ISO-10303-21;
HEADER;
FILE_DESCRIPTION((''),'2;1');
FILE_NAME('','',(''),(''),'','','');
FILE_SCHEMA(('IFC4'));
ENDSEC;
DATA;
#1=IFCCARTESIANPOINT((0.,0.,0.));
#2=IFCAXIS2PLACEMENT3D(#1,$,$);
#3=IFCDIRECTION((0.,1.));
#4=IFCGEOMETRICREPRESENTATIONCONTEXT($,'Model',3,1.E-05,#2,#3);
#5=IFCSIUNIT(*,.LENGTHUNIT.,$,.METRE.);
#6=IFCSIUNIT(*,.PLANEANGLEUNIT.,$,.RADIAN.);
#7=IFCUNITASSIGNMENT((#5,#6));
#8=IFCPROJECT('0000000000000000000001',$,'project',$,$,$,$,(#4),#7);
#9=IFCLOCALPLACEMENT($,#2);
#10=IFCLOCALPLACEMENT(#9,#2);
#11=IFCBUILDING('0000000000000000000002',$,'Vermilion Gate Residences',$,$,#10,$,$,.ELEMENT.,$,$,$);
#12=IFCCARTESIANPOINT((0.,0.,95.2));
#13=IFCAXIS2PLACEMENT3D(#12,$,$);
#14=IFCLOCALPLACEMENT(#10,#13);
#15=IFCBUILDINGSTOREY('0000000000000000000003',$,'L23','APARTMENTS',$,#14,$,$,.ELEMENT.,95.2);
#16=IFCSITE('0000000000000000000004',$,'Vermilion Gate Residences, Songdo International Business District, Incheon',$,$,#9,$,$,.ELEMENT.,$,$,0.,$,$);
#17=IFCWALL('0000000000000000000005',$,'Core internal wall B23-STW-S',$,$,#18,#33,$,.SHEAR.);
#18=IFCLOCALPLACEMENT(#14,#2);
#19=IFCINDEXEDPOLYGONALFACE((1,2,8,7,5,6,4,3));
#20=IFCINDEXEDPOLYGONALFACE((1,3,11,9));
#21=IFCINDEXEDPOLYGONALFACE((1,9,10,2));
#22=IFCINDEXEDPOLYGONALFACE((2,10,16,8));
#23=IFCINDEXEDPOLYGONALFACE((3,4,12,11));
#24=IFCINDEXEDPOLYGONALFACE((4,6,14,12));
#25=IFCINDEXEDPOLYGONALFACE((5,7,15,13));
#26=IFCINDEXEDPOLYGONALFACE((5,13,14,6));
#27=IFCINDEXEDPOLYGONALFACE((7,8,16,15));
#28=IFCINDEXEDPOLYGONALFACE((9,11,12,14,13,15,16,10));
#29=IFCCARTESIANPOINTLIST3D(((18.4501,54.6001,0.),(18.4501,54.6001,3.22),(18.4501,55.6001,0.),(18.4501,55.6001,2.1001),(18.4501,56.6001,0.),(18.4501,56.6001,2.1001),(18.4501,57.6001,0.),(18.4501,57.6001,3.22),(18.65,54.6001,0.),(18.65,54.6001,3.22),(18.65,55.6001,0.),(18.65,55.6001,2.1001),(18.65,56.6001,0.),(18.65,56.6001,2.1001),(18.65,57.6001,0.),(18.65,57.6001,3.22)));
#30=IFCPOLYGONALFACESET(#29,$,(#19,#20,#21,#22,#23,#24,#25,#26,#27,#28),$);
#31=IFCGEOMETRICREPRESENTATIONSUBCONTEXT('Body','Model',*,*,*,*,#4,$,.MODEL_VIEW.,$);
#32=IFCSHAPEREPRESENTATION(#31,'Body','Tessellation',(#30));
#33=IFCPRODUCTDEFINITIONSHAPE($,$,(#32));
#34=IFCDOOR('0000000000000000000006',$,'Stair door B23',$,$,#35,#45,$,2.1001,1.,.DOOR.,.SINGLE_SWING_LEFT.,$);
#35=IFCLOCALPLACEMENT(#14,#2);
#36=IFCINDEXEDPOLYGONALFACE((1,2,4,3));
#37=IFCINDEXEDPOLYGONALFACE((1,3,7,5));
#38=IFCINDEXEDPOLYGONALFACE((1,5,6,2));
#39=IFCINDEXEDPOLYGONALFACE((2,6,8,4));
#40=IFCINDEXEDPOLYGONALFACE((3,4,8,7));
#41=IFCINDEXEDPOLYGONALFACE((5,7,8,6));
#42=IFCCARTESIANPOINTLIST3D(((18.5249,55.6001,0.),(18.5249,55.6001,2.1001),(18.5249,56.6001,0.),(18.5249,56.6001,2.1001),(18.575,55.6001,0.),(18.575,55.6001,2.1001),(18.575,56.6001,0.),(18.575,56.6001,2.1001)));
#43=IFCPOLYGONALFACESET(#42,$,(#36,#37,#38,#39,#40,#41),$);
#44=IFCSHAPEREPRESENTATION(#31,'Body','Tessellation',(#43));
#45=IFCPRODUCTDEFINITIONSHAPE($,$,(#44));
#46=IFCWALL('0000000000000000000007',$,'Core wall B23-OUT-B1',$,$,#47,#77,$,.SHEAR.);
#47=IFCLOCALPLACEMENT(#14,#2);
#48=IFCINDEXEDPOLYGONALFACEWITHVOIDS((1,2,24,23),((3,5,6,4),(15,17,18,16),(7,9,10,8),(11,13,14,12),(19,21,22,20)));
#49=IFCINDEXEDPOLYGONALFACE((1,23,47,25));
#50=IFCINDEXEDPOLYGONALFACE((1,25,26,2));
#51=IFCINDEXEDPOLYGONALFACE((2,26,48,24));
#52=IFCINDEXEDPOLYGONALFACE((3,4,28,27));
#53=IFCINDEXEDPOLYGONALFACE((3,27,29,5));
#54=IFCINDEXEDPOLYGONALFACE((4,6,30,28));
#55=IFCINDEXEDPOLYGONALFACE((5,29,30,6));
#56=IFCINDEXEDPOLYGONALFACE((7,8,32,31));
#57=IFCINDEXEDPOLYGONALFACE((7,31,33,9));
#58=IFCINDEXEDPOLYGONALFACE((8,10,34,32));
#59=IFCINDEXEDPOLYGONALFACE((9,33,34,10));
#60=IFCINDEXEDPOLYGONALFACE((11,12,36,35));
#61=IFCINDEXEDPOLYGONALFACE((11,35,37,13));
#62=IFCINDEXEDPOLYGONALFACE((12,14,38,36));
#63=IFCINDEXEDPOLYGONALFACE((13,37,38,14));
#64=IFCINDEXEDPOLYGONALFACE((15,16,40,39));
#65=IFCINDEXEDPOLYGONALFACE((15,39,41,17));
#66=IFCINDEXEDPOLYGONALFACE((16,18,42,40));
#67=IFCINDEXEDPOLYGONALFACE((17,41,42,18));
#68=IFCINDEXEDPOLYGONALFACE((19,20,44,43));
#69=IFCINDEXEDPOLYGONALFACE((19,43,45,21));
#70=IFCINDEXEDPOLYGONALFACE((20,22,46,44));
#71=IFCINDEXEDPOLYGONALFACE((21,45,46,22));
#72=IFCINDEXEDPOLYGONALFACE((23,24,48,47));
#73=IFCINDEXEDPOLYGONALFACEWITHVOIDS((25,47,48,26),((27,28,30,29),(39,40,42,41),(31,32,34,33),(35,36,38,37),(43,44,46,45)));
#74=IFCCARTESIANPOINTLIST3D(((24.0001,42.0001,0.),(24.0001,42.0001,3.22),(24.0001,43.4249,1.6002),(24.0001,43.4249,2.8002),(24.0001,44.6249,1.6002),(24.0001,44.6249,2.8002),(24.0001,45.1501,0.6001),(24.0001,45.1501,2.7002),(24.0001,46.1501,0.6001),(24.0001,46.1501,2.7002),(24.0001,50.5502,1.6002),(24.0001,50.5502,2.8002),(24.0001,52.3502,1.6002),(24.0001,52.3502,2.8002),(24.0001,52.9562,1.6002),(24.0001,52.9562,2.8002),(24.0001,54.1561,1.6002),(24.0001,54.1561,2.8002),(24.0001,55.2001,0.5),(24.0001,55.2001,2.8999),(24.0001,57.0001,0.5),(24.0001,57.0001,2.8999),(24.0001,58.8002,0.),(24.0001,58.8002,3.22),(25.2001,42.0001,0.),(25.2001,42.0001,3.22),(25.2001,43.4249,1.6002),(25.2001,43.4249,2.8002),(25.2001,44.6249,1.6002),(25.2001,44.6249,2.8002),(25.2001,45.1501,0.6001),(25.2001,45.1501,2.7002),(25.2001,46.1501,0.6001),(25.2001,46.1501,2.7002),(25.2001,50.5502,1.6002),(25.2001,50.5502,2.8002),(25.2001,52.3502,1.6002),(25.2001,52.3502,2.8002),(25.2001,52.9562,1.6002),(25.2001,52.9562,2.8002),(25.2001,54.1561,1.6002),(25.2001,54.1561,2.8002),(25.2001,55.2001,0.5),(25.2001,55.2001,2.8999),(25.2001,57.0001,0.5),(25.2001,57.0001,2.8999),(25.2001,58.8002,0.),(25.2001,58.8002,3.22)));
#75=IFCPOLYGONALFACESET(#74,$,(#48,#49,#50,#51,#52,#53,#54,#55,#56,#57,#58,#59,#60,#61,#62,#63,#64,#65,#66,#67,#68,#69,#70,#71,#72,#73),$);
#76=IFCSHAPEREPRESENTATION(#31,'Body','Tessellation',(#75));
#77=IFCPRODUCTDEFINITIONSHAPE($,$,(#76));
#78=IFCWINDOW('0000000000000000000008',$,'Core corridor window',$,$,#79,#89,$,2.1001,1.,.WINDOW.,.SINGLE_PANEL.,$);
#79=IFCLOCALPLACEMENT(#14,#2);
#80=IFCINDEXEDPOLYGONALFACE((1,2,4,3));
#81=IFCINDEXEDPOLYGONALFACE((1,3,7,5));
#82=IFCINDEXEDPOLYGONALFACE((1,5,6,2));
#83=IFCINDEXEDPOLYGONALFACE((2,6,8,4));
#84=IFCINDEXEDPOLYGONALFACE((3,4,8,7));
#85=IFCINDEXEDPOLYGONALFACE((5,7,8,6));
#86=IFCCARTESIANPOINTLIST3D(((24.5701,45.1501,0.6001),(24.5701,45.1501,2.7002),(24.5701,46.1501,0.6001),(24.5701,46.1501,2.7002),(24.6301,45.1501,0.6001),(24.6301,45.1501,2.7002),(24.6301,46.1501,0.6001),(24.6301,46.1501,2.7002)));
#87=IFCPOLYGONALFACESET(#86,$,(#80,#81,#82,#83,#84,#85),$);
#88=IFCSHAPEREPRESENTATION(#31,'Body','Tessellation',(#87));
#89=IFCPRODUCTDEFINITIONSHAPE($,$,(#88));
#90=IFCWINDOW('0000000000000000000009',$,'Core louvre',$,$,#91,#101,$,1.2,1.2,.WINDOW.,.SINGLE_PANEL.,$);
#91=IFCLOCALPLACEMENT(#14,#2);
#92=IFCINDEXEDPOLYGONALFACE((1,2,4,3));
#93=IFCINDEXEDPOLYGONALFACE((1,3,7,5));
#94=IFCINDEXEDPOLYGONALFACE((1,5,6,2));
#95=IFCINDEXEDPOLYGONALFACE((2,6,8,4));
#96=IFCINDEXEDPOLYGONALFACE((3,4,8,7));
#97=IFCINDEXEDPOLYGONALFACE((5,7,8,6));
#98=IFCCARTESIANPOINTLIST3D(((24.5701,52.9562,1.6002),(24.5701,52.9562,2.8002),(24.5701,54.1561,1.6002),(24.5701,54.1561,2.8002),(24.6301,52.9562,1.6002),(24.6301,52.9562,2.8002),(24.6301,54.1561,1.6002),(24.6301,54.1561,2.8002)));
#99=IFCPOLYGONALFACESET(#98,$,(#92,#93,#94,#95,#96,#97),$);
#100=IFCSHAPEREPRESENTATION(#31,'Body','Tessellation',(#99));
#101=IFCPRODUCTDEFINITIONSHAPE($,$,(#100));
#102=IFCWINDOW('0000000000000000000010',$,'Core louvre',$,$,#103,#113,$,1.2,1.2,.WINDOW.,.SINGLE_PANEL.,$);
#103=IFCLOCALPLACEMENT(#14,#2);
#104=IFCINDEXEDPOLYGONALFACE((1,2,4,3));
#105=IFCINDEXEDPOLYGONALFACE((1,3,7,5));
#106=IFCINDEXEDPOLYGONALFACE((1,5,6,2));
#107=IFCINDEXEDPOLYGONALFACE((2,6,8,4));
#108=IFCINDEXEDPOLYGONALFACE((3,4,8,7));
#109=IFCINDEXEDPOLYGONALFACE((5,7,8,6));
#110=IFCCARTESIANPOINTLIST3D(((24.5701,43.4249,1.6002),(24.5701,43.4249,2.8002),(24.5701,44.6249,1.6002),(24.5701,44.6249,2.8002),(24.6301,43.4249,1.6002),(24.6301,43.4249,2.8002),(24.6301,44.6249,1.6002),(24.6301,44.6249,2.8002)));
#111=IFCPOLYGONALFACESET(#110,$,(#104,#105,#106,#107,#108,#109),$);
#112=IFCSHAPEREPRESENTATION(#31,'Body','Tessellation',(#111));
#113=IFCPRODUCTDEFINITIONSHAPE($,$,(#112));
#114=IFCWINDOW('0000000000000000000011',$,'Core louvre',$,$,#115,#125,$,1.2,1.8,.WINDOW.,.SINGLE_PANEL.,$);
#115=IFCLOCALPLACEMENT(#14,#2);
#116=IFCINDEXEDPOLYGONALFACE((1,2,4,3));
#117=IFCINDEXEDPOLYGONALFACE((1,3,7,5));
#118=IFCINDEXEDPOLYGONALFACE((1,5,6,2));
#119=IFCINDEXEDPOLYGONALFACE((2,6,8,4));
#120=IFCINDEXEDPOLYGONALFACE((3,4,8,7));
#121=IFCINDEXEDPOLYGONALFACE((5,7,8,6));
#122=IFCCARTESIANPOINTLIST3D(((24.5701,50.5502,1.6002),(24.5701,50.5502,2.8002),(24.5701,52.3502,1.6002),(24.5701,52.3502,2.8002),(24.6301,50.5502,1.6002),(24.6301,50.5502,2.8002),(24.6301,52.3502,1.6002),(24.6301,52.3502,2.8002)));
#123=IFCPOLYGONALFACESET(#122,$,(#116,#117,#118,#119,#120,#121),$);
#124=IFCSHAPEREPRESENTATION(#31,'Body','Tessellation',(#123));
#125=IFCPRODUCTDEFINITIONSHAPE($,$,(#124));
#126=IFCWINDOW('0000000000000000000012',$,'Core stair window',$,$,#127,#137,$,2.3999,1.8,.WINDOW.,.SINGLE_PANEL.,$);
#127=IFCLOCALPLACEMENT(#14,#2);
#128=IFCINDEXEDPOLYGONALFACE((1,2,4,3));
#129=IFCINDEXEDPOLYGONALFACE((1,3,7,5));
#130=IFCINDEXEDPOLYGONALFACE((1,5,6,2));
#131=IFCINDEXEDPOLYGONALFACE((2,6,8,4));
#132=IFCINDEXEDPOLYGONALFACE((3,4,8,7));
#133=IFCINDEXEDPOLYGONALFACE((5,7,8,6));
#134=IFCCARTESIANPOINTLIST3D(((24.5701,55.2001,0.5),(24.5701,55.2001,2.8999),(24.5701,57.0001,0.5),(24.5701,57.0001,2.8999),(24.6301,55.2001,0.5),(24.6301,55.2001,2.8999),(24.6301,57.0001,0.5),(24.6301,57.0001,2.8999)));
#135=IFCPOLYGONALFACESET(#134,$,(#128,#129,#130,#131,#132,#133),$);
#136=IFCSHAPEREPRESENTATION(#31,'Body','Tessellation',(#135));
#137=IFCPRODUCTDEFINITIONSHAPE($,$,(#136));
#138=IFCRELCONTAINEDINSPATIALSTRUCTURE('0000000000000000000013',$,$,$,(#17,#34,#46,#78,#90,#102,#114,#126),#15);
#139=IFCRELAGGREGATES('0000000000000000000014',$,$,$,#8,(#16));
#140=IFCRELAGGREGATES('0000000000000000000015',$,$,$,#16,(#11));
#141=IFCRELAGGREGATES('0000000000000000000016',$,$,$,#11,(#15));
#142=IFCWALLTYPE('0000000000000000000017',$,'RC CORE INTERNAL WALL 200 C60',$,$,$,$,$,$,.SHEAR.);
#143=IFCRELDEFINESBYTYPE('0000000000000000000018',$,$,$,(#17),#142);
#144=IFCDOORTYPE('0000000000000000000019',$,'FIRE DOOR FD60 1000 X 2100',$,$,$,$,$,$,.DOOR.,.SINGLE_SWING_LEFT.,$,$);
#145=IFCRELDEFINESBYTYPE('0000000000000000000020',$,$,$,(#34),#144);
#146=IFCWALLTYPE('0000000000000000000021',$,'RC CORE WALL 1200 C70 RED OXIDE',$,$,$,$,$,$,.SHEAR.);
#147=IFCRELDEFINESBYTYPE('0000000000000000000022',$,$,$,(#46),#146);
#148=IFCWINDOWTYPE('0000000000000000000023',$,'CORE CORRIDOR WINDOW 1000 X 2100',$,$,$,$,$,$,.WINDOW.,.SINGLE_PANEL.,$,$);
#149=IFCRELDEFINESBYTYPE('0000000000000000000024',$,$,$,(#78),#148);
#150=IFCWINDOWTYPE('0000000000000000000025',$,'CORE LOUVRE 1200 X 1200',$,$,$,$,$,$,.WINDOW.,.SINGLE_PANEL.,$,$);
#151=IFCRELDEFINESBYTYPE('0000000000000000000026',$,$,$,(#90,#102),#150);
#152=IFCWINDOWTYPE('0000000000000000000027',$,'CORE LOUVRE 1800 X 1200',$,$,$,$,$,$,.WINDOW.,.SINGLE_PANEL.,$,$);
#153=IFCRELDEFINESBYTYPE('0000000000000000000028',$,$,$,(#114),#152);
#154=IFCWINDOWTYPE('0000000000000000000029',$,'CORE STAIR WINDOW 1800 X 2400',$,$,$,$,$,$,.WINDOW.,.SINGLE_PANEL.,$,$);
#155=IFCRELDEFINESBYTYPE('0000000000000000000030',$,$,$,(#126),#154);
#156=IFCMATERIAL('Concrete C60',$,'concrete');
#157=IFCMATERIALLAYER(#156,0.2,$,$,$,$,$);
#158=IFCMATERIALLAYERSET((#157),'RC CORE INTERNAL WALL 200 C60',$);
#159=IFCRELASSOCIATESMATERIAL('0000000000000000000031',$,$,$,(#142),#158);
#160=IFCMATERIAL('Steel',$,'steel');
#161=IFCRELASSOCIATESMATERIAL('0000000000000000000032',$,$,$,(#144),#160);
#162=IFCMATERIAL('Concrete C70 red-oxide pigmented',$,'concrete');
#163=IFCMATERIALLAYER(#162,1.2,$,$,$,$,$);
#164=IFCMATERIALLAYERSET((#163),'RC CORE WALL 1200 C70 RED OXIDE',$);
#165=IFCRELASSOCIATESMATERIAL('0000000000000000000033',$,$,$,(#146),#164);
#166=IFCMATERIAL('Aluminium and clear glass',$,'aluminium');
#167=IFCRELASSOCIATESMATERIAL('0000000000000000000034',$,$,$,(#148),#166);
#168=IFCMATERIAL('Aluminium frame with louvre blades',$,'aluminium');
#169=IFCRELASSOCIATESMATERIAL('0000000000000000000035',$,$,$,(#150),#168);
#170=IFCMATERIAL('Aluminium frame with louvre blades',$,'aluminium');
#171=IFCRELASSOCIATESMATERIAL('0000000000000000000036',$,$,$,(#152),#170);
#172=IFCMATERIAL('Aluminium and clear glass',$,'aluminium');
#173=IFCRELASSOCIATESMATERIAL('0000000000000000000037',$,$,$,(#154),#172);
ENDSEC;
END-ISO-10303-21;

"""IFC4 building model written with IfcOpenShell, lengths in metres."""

from ifc_helpers import new_model, si_unit, direction, frame, frame_2d, origin, place, context, subcontext, project, spatial, rectangle, extrude, material, layer, layer_set, type_object, element, fill, save


model = new_model("IFC4")

# Units and contexts
model_context = context("Model", 3, precision=1e-05, world=origin(), true_north=direction((0.0, 1.0)))
body_context = subcontext(model_context, "Body", "Model", "MODEL_VIEW")
ifc_project = project(units=[si_unit("LENGTHUNIT", "METRE"), si_unit("PLANEANGLEUNIT", "RADIAN")], contexts=[model_context])

# Site, building, storey
site_placement = place(None, origin())
site = spatial("IfcSite", under=ifc_project, at=site_placement, Name="Vermilion Gate Residences, Songdo International Business District, Incheon", CompositionType="ELEMENT", RefElevation=0.0)
building_placement = place(site_placement, origin())
building = spatial("IfcBuilding", under=site, at=building_placement, Name="Vermilion Gate Residences", CompositionType="ELEMENT")
storey_placement = place(building_placement, frame((0.0, 0.0, 95.2)))
storey = spatial("IfcBuildingStorey", under=building, at=storey_placement, Name="L23", Description="APARTMENTS", CompositionType="ELEMENT", Elevation=95.2)

# Shared definitions
ifc_material_1 = material(Name="Concrete C60", Category="concrete")
ifc_layer_1 = layer(ifc_material_1, 0.2)
ifc_layer_set_1 = layer_set([ifc_layer_1], Name="RC CORE INTERNAL WALL 200 C60")
wall_type_1 = type_object("IfcWallType", Name="RC CORE INTERNAL WALL 200 C60", PredefinedType="SHEAR", material=ifc_layer_set_1)

# Wall, opening, door
wall_1_placement = place(storey_placement, frame((18.55, 57.6001, 0.0), z_axis=(0.0, 0.0, 1.0), x_axis=(0.0, -1.0, 0.0)))
wall_1 = element("IfcWall", 1, at=wall_1_placement, inside=storey, type_object=wall_type_1, Name="Core internal wall B23-STW-S", PredefinedType="SHEAR", context=body_context, shape_type="SweptSolid", body=[
    extrude(rectangle(XDim=3.0, YDim=0.2, at=frame_2d((1.5, 0.0))), origin(), (0.0, 0.0, 1.0), 3.22),
])
opening_1_placement = place(wall_1_placement, frame((1.0, 0.0, 0.0)))
opening_1 = element("IfcOpeningElement", 2, at=opening_1_placement, cuts=wall_1, PredefinedType="OPENING", context=body_context, shape_type="SweptSolid", body=[
    extrude(rectangle(XDim=1.0, YDim=2.1001, at=frame_2d((0.5, 1.05))), frame((0.0, 0.1099, 0.0), z_axis=(0.0, -1.0, 0.0), x_axis=(1.0, 0.0, 0.0)), (0.0, 0.0, 1.0), 0.22),
])
ifc_material_2 = material(Name="Steel", Category="steel")
door_type_1 = type_object("IfcDoorType", Name="FIRE DOOR FD60 1000 X 2100", OperationType="SINGLE_SWING_LEFT", PredefinedType="DOOR", material=ifc_material_2)
door_1_placement = place(opening_1_placement, origin())
door_1 = element("IfcDoor", 3, at=door_1_placement, inside=storey, type_object=door_type_1, Name="Stair door B23", OperationType="SINGLE_SWING_LEFT", OverallHeight=2.1001, OverallWidth=1.0, PredefinedType="DOOR", context=body_context, shape_type="SweptSolid", body=[
    extrude(rectangle(XDim=1.0, YDim=2.1001, at=frame_2d((0.5, 1.05))), frame((0.0, 0.0249, 0.0), z_axis=(0.0, -1.0, 0.0), x_axis=(1.0, 0.0, 0.0)), (0.0, 0.0, 1.0), 0.05),
])
fill(opening_1, door_1)

# Wall, openings, windows
ifc_material_3 = material(Name="Concrete C70 red-oxide pigmented", Category="concrete")
ifc_layer_2 = layer(ifc_material_3, 1.2)
ifc_layer_set_2 = layer_set([ifc_layer_2], Name="RC CORE WALL 1200 C70 RED OXIDE")
wall_type_2 = type_object("IfcWallType", Name="RC CORE WALL 1200 C70 RED OXIDE", PredefinedType="SHEAR", material=ifc_layer_set_2)
wall_2_placement = place(storey_placement, frame((24.6001, 58.8, 0.0), z_axis=(0.0, 0.0, 1.0), x_axis=(0.0, -1.0, 0.0)))
wall_2 = element("IfcWall", 4, at=wall_2_placement, inside=storey, type_object=wall_type_2, Name="Core wall B23-OUT-B1", PredefinedType="SHEAR", context=body_context, shape_type="SweptSolid", body=[
    extrude(rectangle(XDim=16.8, YDim=1.2, at=frame_2d((8.3999, 0.0))), origin(), (0.0, 0.0, 1.0), 3.22),
])
opening_2_placement = place(wall_2_placement, frame((1.8, 0.0, 0.5)))
opening_2 = element("IfcOpeningElement", 5, at=opening_2_placement, cuts=wall_2, PredefinedType="OPENING", context=body_context, shape_type="SweptSolid", body=[
    extrude(rectangle(XDim=1.8, YDim=2.3999, at=frame_2d((0.8999, 1.2))), frame((0.0, 0.6099, 0.0), z_axis=(0.0, -1.0, 0.0), x_axis=(1.0, 0.0, 0.0)), (0.0, 0.0, 1.0), 1.22),
])
opening_3_placement = place(wall_2_placement, frame((4.6438, 0.0, 1.6001)))
opening_3 = element("IfcOpeningElement", 6, at=opening_3_placement, cuts=wall_2, PredefinedType="OPENING", context=body_context, shape_type="SweptSolid", body=[
    extrude(rectangle(XDim=1.2, YDim=1.2, at=frame_2d((0.6001, 0.6001))), frame((0.0, 0.6099, 0.0), z_axis=(0.0, -1.0, 0.0), x_axis=(1.0, 0.0, 0.0)), (0.0, 0.0, 1.0), 1.22),
])
opening_4_placement = place(wall_2_placement, frame((6.45, 0.0, 1.6001)))
opening_4 = element("IfcOpeningElement", 7, at=opening_4_placement, cuts=wall_2, PredefinedType="OPENING", context=body_context, shape_type="SweptSolid", body=[
    extrude(rectangle(XDim=1.8, YDim=1.2, at=frame_2d((0.8999, 0.6001))), frame((0.0, 0.6099, 0.0), z_axis=(0.0, -1.0, 0.0), x_axis=(1.0, 0.0, 0.0)), (0.0, 0.0, 1.0), 1.22),
])
opening_5_placement = place(wall_2_placement, frame((12.6499, 0.0, 0.6001)))
opening_5 = element("IfcOpeningElement", 8, at=opening_5_placement, cuts=wall_2, PredefinedType="OPENING", context=body_context, shape_type="SweptSolid", body=[
    extrude(rectangle(XDim=1.0, YDim=2.1001, at=frame_2d((0.5, 1.05))), frame((0.0, 0.6099, 0.0), z_axis=(0.0, -1.0, 0.0), x_axis=(1.0, 0.0, 0.0)), (0.0, 0.0, 1.0), 1.22),
])
opening_6_placement = place(wall_2_placement, frame((14.175, 0.0, 1.6001)))
opening_6 = element("IfcOpeningElement", 9, at=opening_6_placement, cuts=wall_2, PredefinedType="OPENING", context=body_context, shape_type="SweptSolid", body=[
    extrude(rectangle(XDim=1.2, YDim=1.2, at=frame_2d((0.6001, 0.6001))), frame((0.0, 0.6099, 0.0), z_axis=(0.0, -1.0, 0.0), x_axis=(1.0, 0.0, 0.0)), (0.0, 0.0, 1.0), 1.22),
])
ifc_material_4 = material(Name="Aluminium and clear glass", Category="aluminium")
window_type_1 = type_object("IfcWindowType", Name="CORE CORRIDOR WINDOW 1000 X 2100", PartitioningType="SINGLE_PANEL", PredefinedType="WINDOW", material=ifc_material_4)
window_1_placement = place(opening_5_placement, origin())
window_1 = element("IfcWindow", 10, at=window_1_placement, inside=storey, type_object=window_type_1, Name="Core corridor window", OverallHeight=2.1001, OverallWidth=1.0, PartitioningType="SINGLE_PANEL", PredefinedType="WINDOW", context=body_context, shape_type="SweptSolid", body=[
    extrude(rectangle(XDim=1.0, YDim=2.1001, at=frame_2d((0.5, 1.05))), frame((0.0, 0.03, 0.0), z_axis=(0.0, -1.0, 0.0), x_axis=(1.0, 0.0, 0.0)), (0.0, 0.0, 1.0), 0.0601),
])
fill(opening_5, window_1)
ifc_material_5 = material(Name="Aluminium frame with louvre blades", Category="aluminium")
window_type_2 = type_object("IfcWindowType", Name="CORE LOUVRE 1200 X 1200", PartitioningType="SINGLE_PANEL", PredefinedType="WINDOW", material=ifc_material_5)
window_2_placement = place(opening_3_placement, origin())
window_2 = element("IfcWindow", 11, at=window_2_placement, inside=storey, type_object=window_type_2, Name="Core louvre", OverallHeight=1.2, OverallWidth=1.2, PartitioningType="SINGLE_PANEL", PredefinedType="WINDOW", context=body_context, shape_type="SweptSolid", body=[
    extrude(rectangle(XDim=1.2, YDim=1.2, at=frame_2d((0.6001, 0.6001))), frame((0.0, 0.03, 0.0), z_axis=(0.0, -1.0, 0.0), x_axis=(1.0, 0.0, 0.0)), (0.0, 0.0, 1.0), 0.0601),
])
fill(opening_3, window_2)
window_3_placement = place(opening_6_placement, origin())
window_3 = element("IfcWindow", 12, at=window_3_placement, inside=storey, type_object=window_type_2, Name="Core louvre", OverallHeight=1.2, OverallWidth=1.2, PartitioningType="SINGLE_PANEL", PredefinedType="WINDOW", context=body_context, shape_type="SweptSolid", body=[
    extrude(rectangle(XDim=1.2, YDim=1.2, at=frame_2d((0.6001, 0.6001))), frame((0.0, 0.03, 0.0), z_axis=(0.0, -1.0, 0.0), x_axis=(1.0, 0.0, 0.0)), (0.0, 0.0, 1.0), 0.0601),
])
fill(opening_6, window_3)
ifc_material_6 = material(Name="Aluminium frame with louvre blades", Category="aluminium")
window_type_3 = type_object("IfcWindowType", Name="CORE LOUVRE 1800 X 1200", PartitioningType="SINGLE_PANEL", PredefinedType="WINDOW", material=ifc_material_6)
window_4_placement = place(opening_4_placement, origin())
window_4 = element("IfcWindow", 13, at=window_4_placement, inside=storey, type_object=window_type_3, Name="Core louvre", OverallHeight=1.2, OverallWidth=1.8, PartitioningType="SINGLE_PANEL", PredefinedType="WINDOW", context=body_context, shape_type="SweptSolid", body=[
    extrude(rectangle(XDim=1.8, YDim=1.2, at=frame_2d((0.8999, 0.6001))), frame((0.0, 0.03, 0.0), z_axis=(0.0, -1.0, 0.0), x_axis=(1.0, 0.0, 0.0)), (0.0, 0.0, 1.0), 0.0601),
])
fill(opening_4, window_4)
ifc_material_7 = material(Name="Aluminium and clear glass", Category="aluminium")
window_type_4 = type_object("IfcWindowType", Name="CORE STAIR WINDOW 1800 X 2400", PartitioningType="SINGLE_PANEL", PredefinedType="WINDOW", material=ifc_material_7)
window_5_placement = place(opening_2_placement, origin())
window_5 = element("IfcWindow", 14, at=window_5_placement, inside=storey, type_object=window_type_4, Name="Core stair window", OverallHeight=2.3999, OverallWidth=1.8, PartitioningType="SINGLE_PANEL", PredefinedType="WINDOW", context=body_context, shape_type="SweptSolid", body=[
    extrude(rectangle(XDim=1.8, YDim=2.3999, at=frame_2d((0.8999, 1.2))), frame((0.0, 0.03, 0.0), z_axis=(0.0, -1.0, 0.0), x_axis=(1.0, 0.0, 0.0)), (0.0, 0.0, 1.0), 0.0601),
])
fill(opening_2, window_5)

save(model, "model.ifc")
